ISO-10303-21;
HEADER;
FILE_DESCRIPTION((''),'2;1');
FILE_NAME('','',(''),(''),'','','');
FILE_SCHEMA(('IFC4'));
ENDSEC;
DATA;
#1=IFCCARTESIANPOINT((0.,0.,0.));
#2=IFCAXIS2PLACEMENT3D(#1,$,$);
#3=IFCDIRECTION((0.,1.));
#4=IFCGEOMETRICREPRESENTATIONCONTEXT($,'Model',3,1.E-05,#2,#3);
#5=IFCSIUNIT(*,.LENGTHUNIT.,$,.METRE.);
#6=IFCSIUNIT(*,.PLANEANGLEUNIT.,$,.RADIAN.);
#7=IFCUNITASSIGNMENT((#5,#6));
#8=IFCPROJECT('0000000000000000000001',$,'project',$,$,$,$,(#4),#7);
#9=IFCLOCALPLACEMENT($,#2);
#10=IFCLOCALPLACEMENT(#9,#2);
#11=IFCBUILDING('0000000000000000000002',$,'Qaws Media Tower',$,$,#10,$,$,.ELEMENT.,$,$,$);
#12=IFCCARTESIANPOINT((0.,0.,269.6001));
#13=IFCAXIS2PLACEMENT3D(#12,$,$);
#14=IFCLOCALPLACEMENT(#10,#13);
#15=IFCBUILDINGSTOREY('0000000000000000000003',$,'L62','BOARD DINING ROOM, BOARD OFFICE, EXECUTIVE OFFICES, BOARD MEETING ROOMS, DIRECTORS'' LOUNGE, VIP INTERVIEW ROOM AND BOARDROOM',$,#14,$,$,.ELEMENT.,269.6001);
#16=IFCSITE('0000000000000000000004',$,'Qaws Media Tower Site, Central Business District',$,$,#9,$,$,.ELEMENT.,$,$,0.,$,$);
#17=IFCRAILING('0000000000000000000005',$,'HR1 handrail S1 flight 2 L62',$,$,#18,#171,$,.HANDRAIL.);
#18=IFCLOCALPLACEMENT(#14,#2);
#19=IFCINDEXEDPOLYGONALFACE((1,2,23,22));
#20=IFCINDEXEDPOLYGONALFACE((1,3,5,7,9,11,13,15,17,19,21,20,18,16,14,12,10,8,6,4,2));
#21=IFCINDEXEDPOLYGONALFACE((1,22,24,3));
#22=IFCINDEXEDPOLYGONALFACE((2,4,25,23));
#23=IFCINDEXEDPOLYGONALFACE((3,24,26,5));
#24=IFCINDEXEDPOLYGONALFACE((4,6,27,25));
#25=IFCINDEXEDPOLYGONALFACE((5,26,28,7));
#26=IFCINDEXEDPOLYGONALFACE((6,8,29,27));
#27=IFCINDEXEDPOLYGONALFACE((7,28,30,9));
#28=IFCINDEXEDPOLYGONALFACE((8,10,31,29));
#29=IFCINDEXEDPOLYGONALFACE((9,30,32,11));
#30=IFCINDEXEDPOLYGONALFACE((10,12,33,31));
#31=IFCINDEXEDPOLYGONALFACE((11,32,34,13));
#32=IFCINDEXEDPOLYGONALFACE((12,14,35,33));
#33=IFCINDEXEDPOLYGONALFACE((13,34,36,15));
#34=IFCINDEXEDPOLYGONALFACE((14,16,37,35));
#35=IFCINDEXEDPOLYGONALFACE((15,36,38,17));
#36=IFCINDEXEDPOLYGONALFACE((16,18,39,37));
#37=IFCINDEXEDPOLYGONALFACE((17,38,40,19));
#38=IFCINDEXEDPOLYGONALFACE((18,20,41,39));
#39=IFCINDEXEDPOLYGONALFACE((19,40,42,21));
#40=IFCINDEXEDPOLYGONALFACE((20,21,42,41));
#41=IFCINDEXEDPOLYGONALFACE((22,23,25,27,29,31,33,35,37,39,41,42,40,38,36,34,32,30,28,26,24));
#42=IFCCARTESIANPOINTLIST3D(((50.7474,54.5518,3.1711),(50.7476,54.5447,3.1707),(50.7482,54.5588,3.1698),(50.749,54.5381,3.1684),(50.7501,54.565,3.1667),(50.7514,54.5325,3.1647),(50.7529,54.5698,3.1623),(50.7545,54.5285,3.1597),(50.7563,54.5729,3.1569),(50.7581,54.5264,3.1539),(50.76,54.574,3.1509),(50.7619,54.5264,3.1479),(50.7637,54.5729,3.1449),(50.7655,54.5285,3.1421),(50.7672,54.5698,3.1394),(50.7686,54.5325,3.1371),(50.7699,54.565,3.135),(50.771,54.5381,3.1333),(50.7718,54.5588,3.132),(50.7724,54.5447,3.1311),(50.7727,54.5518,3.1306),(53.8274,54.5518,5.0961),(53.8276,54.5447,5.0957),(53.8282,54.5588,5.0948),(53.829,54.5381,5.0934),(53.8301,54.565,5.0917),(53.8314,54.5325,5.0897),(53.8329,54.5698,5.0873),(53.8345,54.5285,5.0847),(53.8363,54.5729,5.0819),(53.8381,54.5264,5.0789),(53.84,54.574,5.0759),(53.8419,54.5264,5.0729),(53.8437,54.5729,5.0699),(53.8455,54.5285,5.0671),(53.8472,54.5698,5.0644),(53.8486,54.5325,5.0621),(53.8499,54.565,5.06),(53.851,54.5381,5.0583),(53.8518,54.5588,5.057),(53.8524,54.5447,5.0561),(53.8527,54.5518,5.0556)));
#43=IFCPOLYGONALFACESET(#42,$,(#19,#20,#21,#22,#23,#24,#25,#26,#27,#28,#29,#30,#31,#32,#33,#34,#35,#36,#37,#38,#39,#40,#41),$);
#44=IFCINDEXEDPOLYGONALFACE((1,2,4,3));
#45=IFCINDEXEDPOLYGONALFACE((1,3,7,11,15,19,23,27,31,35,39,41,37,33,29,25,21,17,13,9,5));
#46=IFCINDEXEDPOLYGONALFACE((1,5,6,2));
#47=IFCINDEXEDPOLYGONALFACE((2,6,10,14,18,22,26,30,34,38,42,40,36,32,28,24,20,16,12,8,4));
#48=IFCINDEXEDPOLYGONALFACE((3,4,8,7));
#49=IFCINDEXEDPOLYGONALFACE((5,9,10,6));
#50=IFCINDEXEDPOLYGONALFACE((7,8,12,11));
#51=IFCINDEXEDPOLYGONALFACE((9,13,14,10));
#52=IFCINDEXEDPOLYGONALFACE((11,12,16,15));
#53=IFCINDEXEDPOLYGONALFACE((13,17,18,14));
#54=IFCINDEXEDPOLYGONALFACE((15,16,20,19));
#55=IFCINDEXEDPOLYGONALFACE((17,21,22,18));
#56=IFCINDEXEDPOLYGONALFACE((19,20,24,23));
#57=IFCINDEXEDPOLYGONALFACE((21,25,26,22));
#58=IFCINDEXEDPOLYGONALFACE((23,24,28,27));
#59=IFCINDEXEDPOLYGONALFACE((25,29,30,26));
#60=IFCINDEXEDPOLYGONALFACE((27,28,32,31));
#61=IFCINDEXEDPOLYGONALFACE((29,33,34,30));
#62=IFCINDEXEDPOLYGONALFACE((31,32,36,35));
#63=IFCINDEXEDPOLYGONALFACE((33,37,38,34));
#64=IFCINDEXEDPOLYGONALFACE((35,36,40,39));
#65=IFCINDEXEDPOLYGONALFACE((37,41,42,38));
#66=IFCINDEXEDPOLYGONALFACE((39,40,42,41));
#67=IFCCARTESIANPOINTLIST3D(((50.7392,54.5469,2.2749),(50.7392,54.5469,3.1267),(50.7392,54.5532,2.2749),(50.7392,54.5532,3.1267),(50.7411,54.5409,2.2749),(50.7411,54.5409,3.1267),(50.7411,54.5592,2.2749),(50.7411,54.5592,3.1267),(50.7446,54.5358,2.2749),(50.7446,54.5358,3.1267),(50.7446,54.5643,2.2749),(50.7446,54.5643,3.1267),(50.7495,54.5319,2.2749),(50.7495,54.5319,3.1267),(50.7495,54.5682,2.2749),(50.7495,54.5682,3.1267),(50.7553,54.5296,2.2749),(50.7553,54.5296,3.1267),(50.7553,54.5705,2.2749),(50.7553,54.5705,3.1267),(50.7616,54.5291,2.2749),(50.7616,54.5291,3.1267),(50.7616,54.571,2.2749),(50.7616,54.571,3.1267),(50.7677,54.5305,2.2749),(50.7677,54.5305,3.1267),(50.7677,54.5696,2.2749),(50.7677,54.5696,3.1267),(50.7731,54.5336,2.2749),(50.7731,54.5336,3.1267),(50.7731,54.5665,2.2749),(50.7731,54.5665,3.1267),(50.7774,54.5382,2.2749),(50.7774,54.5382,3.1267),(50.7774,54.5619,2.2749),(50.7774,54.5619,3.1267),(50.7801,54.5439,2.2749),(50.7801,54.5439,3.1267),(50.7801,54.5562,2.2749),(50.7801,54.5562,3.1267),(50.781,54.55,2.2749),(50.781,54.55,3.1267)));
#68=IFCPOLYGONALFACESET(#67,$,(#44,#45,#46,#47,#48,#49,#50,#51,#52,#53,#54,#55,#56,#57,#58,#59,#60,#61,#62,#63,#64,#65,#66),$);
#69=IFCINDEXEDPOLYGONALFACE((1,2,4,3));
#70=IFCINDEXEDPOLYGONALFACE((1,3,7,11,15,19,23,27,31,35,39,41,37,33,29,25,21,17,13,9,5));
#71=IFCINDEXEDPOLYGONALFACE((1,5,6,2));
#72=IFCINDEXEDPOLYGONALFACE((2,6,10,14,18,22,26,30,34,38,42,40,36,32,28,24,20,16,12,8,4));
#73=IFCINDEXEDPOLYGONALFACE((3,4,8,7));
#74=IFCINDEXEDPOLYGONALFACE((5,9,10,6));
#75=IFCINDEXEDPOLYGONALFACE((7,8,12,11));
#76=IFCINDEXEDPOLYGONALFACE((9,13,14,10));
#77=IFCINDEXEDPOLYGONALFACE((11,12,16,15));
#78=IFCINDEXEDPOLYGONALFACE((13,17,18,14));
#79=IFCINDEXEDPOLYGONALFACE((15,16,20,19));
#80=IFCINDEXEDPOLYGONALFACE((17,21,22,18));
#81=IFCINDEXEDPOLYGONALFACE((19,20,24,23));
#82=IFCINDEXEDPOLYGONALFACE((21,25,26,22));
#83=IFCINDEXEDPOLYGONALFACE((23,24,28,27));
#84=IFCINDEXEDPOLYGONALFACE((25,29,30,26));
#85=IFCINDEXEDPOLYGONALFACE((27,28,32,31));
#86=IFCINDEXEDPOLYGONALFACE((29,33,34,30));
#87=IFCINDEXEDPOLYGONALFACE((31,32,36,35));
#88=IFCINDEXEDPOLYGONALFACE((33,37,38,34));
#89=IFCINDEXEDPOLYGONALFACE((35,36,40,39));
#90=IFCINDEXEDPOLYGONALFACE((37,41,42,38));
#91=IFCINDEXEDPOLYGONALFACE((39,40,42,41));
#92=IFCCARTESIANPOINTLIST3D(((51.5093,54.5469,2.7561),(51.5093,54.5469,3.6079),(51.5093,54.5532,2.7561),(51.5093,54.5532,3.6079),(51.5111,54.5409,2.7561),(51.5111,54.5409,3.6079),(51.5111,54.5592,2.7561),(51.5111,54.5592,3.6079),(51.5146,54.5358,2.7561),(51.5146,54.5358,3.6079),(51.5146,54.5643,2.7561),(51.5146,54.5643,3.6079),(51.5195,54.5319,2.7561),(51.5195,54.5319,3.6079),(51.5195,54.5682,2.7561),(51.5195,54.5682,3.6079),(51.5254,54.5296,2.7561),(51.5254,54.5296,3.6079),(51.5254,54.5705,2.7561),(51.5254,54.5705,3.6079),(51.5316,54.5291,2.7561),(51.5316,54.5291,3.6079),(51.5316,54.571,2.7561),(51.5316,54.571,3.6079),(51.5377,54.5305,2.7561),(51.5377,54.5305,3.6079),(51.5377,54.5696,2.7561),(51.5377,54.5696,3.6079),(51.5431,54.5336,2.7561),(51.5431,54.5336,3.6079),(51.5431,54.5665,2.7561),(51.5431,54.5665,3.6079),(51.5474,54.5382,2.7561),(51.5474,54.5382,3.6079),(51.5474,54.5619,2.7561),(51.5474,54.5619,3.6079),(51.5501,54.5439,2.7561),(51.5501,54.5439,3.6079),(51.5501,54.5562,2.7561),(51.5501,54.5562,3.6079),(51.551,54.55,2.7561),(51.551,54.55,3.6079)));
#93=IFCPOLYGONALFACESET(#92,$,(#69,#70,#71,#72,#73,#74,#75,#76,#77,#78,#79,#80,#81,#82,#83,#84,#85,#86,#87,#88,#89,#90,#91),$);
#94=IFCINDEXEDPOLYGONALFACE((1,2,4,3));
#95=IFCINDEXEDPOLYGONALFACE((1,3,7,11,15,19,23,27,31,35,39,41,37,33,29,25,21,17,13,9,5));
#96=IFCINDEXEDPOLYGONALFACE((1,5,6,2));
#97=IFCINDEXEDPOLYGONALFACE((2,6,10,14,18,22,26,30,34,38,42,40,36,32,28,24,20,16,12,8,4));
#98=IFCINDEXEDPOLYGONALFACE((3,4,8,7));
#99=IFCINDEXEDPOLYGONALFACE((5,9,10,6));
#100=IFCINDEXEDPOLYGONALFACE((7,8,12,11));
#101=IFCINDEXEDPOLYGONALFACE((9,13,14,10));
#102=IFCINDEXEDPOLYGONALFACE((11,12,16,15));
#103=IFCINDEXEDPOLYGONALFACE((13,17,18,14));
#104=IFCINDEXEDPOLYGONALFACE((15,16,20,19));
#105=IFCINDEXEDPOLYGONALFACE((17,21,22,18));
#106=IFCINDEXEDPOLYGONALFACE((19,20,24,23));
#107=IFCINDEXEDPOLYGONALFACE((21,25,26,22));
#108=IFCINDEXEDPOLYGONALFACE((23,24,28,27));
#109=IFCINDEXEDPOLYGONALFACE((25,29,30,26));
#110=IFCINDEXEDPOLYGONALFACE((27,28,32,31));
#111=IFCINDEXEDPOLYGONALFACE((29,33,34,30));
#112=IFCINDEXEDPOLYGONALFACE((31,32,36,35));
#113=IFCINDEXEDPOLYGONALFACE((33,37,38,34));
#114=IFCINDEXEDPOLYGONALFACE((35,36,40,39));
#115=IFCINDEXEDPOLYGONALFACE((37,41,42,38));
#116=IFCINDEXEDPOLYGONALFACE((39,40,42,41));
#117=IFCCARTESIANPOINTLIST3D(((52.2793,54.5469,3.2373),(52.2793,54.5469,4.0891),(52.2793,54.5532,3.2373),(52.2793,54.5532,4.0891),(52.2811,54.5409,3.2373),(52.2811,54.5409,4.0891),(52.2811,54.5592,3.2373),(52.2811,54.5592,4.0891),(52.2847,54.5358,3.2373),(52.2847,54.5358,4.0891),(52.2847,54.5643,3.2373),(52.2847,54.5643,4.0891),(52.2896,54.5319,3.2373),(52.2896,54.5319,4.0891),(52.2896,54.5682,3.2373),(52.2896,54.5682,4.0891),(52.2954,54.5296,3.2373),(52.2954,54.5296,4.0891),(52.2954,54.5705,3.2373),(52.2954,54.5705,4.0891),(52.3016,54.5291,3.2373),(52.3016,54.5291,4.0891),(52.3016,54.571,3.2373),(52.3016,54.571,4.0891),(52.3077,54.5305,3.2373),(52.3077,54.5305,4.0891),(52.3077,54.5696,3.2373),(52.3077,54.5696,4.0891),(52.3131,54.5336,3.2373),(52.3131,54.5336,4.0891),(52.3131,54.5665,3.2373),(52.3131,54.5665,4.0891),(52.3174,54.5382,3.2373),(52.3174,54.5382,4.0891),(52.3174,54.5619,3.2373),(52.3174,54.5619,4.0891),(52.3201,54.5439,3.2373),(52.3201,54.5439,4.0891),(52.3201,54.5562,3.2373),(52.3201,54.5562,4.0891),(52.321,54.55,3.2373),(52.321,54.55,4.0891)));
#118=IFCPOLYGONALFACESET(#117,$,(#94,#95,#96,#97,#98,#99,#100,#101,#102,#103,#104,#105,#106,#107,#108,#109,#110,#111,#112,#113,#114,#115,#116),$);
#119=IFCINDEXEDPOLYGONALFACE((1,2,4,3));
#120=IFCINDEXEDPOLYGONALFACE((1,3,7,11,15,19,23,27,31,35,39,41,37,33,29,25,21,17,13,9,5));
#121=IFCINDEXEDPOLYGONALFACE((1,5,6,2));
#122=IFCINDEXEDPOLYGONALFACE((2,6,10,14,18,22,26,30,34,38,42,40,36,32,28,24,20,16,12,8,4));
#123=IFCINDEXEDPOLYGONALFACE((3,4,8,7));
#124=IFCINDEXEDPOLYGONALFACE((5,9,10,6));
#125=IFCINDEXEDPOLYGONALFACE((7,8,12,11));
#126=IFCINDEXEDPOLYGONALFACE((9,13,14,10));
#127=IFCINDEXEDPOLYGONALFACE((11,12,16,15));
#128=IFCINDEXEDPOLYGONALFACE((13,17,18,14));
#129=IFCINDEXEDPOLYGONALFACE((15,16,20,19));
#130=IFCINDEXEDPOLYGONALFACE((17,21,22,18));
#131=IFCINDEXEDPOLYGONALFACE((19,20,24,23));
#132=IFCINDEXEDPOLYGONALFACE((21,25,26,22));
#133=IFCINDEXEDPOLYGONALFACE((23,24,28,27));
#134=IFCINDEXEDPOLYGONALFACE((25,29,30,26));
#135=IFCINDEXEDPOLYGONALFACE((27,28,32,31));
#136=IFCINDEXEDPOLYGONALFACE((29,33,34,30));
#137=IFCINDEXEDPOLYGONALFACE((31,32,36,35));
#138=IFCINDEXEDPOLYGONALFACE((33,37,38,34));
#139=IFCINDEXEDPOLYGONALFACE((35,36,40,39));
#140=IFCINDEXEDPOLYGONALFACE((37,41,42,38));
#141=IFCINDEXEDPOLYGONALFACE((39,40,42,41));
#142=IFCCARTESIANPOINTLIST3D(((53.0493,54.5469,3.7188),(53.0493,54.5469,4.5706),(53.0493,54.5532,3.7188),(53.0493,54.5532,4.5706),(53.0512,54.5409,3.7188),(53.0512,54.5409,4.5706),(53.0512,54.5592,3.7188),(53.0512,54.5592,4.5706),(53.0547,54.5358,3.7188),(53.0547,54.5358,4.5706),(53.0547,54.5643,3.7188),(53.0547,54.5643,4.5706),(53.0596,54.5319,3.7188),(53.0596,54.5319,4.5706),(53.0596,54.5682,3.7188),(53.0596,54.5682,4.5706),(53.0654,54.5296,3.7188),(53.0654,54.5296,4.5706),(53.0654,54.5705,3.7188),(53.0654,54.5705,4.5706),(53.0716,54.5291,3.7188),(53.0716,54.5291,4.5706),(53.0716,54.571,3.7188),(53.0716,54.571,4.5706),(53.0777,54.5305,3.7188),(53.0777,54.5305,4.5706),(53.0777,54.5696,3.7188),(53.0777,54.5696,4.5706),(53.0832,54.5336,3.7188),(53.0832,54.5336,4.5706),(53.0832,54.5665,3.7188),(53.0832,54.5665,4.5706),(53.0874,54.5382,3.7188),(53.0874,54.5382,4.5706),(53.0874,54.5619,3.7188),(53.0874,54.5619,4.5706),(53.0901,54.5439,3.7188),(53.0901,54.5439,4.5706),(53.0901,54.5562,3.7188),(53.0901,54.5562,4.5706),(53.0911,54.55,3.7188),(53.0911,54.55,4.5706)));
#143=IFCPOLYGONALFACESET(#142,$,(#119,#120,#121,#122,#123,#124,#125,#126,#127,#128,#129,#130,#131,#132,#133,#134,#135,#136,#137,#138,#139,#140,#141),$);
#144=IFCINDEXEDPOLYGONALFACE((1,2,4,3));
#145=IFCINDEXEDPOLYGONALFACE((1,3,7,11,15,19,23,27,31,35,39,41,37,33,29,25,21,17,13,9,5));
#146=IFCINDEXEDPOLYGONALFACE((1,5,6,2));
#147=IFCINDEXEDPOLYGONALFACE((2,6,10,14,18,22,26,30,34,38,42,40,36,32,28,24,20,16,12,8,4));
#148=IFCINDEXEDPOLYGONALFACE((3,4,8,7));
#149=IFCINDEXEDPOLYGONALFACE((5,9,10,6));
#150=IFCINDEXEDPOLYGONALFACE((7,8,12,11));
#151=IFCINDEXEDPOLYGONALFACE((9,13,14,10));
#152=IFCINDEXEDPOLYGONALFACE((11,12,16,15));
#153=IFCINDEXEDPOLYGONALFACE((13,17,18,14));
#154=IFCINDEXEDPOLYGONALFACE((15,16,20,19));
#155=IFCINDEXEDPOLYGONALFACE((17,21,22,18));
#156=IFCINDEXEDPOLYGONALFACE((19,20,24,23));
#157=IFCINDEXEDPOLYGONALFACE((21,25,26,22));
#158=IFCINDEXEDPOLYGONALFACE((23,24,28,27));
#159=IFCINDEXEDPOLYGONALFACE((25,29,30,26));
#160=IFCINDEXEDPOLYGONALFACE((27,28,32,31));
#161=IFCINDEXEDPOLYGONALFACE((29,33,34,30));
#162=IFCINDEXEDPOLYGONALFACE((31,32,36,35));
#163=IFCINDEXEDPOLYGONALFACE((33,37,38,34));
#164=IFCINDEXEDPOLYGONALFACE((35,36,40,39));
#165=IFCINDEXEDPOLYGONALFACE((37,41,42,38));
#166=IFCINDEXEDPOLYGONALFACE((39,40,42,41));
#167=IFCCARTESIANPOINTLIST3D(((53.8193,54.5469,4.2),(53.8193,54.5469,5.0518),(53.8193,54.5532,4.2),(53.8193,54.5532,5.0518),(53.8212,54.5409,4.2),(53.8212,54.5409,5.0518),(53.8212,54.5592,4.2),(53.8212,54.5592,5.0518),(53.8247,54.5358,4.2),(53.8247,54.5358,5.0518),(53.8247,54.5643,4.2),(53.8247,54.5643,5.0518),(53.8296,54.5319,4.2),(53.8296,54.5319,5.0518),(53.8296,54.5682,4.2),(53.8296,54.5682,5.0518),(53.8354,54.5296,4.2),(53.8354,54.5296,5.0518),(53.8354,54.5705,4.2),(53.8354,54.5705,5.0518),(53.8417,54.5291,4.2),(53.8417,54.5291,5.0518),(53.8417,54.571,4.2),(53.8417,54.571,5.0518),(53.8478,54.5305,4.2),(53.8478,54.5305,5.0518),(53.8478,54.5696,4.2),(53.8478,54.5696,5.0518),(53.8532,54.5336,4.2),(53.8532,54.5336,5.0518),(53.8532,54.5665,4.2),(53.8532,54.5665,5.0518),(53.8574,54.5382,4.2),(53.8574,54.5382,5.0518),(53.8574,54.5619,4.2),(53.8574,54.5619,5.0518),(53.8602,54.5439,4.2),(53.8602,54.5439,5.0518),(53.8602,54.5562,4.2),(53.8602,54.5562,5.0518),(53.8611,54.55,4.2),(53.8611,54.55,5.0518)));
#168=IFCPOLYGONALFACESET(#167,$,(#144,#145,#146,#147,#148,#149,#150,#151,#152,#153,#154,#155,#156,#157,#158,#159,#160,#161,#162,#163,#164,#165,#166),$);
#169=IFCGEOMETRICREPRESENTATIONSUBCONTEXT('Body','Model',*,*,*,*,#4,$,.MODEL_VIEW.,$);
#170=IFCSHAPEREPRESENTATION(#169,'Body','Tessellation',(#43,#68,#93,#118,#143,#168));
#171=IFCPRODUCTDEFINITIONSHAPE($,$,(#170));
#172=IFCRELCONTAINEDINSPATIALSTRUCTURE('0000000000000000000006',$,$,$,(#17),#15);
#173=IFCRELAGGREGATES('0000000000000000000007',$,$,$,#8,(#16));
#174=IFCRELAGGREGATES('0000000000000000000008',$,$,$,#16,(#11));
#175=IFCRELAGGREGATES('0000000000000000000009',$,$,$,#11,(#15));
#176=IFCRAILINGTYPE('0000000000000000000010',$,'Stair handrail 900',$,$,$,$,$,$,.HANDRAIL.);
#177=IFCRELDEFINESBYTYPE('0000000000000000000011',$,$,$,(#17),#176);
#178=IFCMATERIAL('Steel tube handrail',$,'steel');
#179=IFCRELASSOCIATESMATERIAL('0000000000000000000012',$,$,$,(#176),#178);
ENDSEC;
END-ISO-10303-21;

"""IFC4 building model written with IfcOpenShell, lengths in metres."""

from ifc_helpers import new_model, si_unit, direction, frame, origin, origin_2d, place, context, subcontext, project, spatial, circle, extrude, material, type_object, element, save


model = new_model("IFC4")

# Units and contexts
model_context = context("Model", 3, precision=1e-05, world=origin(), true_north=direction((0.0, 1.0)))
body_context = subcontext(model_context, "Body", "Model", "MODEL_VIEW")
ifc_project = project(units=[si_unit("LENGTHUNIT", "METRE"), si_unit("PLANEANGLEUNIT", "RADIAN")], contexts=[model_context])

# Site, building, storey
site_placement = place(None, origin())
site = spatial("IfcSite", under=ifc_project, at=site_placement, Name="Qaws Media Tower Site, Central Business District", CompositionType="ELEMENT", RefElevation=0.0)
building_placement = place(site_placement, origin())
building = spatial("IfcBuilding", under=site, at=building_placement, Name="Qaws Media Tower", CompositionType="ELEMENT")
storey_placement = place(building_placement, frame((0.0, 0.0, 269.6001)))
storey = spatial("IfcBuildingStorey", under=building, at=storey_placement, Name="L62", Description="BOARD DINING ROOM, BOARD OFFICE, EXECUTIVE OFFICES, BOARD MEETING ROOMS, DIRECTORS' LOUNGE, VIP INTERVIEW ROOM AND BOARDROOM", CompositionType="ELEMENT", Elevation=269.6001)

# Railing
ifc_material_1 = material(Name="Steel tube handrail", Category="steel")
railing_type = type_object("IfcRailingType", Name="Stair handrail 900", PredefinedType="HANDRAIL", material=ifc_material_1)
for number, where, name in (
    (1, (50.76, 54.55, 2.2749), "HR1 handrail S1 flight 2 L62"),
):
    element("IfcRailing", number, at=place(storey_placement, frame(where)), inside=storey, type_object=railing_type, Name=name, PredefinedType="HANDRAIL", context=body_context, shape_type="SweptSolid", body=[
        extrude(circle(Radius=0.0239, at=origin_2d()), frame((0.0, 0.0, 0.876), z_axis=(0.847998, 0.0, 0.529999), x_axis=(0.0, 1.0, 0.0)), (0.0, 0.0, 1.0), 3.6321),
        extrude(circle(Radius=0.021, at=origin_2d()), origin(), (0.0, 0.0, 1.0), 0.8518),
        extrude(circle(Radius=0.021, at=origin_2d()), frame((0.77, 0.0, 0.4812)), (0.0, 0.0, 1.0), 0.8518),
        extrude(circle(Radius=0.021, at=origin_2d()), frame((1.54, 0.0, 0.9624)), (0.0, 0.0, 1.0), 0.8518),
        extrude(circle(Radius=0.021, at=origin_2d()), frame((2.3101, 0.0, 1.4438)), (0.0, 0.0, 1.0), 0.8518),
        extrude(circle(Radius=0.021, at=origin_2d()), frame((3.0801, 0.0, 1.925)), (0.0, 0.0, 1.0), 0.8518),
    ])

save(model, "model.ifc")
